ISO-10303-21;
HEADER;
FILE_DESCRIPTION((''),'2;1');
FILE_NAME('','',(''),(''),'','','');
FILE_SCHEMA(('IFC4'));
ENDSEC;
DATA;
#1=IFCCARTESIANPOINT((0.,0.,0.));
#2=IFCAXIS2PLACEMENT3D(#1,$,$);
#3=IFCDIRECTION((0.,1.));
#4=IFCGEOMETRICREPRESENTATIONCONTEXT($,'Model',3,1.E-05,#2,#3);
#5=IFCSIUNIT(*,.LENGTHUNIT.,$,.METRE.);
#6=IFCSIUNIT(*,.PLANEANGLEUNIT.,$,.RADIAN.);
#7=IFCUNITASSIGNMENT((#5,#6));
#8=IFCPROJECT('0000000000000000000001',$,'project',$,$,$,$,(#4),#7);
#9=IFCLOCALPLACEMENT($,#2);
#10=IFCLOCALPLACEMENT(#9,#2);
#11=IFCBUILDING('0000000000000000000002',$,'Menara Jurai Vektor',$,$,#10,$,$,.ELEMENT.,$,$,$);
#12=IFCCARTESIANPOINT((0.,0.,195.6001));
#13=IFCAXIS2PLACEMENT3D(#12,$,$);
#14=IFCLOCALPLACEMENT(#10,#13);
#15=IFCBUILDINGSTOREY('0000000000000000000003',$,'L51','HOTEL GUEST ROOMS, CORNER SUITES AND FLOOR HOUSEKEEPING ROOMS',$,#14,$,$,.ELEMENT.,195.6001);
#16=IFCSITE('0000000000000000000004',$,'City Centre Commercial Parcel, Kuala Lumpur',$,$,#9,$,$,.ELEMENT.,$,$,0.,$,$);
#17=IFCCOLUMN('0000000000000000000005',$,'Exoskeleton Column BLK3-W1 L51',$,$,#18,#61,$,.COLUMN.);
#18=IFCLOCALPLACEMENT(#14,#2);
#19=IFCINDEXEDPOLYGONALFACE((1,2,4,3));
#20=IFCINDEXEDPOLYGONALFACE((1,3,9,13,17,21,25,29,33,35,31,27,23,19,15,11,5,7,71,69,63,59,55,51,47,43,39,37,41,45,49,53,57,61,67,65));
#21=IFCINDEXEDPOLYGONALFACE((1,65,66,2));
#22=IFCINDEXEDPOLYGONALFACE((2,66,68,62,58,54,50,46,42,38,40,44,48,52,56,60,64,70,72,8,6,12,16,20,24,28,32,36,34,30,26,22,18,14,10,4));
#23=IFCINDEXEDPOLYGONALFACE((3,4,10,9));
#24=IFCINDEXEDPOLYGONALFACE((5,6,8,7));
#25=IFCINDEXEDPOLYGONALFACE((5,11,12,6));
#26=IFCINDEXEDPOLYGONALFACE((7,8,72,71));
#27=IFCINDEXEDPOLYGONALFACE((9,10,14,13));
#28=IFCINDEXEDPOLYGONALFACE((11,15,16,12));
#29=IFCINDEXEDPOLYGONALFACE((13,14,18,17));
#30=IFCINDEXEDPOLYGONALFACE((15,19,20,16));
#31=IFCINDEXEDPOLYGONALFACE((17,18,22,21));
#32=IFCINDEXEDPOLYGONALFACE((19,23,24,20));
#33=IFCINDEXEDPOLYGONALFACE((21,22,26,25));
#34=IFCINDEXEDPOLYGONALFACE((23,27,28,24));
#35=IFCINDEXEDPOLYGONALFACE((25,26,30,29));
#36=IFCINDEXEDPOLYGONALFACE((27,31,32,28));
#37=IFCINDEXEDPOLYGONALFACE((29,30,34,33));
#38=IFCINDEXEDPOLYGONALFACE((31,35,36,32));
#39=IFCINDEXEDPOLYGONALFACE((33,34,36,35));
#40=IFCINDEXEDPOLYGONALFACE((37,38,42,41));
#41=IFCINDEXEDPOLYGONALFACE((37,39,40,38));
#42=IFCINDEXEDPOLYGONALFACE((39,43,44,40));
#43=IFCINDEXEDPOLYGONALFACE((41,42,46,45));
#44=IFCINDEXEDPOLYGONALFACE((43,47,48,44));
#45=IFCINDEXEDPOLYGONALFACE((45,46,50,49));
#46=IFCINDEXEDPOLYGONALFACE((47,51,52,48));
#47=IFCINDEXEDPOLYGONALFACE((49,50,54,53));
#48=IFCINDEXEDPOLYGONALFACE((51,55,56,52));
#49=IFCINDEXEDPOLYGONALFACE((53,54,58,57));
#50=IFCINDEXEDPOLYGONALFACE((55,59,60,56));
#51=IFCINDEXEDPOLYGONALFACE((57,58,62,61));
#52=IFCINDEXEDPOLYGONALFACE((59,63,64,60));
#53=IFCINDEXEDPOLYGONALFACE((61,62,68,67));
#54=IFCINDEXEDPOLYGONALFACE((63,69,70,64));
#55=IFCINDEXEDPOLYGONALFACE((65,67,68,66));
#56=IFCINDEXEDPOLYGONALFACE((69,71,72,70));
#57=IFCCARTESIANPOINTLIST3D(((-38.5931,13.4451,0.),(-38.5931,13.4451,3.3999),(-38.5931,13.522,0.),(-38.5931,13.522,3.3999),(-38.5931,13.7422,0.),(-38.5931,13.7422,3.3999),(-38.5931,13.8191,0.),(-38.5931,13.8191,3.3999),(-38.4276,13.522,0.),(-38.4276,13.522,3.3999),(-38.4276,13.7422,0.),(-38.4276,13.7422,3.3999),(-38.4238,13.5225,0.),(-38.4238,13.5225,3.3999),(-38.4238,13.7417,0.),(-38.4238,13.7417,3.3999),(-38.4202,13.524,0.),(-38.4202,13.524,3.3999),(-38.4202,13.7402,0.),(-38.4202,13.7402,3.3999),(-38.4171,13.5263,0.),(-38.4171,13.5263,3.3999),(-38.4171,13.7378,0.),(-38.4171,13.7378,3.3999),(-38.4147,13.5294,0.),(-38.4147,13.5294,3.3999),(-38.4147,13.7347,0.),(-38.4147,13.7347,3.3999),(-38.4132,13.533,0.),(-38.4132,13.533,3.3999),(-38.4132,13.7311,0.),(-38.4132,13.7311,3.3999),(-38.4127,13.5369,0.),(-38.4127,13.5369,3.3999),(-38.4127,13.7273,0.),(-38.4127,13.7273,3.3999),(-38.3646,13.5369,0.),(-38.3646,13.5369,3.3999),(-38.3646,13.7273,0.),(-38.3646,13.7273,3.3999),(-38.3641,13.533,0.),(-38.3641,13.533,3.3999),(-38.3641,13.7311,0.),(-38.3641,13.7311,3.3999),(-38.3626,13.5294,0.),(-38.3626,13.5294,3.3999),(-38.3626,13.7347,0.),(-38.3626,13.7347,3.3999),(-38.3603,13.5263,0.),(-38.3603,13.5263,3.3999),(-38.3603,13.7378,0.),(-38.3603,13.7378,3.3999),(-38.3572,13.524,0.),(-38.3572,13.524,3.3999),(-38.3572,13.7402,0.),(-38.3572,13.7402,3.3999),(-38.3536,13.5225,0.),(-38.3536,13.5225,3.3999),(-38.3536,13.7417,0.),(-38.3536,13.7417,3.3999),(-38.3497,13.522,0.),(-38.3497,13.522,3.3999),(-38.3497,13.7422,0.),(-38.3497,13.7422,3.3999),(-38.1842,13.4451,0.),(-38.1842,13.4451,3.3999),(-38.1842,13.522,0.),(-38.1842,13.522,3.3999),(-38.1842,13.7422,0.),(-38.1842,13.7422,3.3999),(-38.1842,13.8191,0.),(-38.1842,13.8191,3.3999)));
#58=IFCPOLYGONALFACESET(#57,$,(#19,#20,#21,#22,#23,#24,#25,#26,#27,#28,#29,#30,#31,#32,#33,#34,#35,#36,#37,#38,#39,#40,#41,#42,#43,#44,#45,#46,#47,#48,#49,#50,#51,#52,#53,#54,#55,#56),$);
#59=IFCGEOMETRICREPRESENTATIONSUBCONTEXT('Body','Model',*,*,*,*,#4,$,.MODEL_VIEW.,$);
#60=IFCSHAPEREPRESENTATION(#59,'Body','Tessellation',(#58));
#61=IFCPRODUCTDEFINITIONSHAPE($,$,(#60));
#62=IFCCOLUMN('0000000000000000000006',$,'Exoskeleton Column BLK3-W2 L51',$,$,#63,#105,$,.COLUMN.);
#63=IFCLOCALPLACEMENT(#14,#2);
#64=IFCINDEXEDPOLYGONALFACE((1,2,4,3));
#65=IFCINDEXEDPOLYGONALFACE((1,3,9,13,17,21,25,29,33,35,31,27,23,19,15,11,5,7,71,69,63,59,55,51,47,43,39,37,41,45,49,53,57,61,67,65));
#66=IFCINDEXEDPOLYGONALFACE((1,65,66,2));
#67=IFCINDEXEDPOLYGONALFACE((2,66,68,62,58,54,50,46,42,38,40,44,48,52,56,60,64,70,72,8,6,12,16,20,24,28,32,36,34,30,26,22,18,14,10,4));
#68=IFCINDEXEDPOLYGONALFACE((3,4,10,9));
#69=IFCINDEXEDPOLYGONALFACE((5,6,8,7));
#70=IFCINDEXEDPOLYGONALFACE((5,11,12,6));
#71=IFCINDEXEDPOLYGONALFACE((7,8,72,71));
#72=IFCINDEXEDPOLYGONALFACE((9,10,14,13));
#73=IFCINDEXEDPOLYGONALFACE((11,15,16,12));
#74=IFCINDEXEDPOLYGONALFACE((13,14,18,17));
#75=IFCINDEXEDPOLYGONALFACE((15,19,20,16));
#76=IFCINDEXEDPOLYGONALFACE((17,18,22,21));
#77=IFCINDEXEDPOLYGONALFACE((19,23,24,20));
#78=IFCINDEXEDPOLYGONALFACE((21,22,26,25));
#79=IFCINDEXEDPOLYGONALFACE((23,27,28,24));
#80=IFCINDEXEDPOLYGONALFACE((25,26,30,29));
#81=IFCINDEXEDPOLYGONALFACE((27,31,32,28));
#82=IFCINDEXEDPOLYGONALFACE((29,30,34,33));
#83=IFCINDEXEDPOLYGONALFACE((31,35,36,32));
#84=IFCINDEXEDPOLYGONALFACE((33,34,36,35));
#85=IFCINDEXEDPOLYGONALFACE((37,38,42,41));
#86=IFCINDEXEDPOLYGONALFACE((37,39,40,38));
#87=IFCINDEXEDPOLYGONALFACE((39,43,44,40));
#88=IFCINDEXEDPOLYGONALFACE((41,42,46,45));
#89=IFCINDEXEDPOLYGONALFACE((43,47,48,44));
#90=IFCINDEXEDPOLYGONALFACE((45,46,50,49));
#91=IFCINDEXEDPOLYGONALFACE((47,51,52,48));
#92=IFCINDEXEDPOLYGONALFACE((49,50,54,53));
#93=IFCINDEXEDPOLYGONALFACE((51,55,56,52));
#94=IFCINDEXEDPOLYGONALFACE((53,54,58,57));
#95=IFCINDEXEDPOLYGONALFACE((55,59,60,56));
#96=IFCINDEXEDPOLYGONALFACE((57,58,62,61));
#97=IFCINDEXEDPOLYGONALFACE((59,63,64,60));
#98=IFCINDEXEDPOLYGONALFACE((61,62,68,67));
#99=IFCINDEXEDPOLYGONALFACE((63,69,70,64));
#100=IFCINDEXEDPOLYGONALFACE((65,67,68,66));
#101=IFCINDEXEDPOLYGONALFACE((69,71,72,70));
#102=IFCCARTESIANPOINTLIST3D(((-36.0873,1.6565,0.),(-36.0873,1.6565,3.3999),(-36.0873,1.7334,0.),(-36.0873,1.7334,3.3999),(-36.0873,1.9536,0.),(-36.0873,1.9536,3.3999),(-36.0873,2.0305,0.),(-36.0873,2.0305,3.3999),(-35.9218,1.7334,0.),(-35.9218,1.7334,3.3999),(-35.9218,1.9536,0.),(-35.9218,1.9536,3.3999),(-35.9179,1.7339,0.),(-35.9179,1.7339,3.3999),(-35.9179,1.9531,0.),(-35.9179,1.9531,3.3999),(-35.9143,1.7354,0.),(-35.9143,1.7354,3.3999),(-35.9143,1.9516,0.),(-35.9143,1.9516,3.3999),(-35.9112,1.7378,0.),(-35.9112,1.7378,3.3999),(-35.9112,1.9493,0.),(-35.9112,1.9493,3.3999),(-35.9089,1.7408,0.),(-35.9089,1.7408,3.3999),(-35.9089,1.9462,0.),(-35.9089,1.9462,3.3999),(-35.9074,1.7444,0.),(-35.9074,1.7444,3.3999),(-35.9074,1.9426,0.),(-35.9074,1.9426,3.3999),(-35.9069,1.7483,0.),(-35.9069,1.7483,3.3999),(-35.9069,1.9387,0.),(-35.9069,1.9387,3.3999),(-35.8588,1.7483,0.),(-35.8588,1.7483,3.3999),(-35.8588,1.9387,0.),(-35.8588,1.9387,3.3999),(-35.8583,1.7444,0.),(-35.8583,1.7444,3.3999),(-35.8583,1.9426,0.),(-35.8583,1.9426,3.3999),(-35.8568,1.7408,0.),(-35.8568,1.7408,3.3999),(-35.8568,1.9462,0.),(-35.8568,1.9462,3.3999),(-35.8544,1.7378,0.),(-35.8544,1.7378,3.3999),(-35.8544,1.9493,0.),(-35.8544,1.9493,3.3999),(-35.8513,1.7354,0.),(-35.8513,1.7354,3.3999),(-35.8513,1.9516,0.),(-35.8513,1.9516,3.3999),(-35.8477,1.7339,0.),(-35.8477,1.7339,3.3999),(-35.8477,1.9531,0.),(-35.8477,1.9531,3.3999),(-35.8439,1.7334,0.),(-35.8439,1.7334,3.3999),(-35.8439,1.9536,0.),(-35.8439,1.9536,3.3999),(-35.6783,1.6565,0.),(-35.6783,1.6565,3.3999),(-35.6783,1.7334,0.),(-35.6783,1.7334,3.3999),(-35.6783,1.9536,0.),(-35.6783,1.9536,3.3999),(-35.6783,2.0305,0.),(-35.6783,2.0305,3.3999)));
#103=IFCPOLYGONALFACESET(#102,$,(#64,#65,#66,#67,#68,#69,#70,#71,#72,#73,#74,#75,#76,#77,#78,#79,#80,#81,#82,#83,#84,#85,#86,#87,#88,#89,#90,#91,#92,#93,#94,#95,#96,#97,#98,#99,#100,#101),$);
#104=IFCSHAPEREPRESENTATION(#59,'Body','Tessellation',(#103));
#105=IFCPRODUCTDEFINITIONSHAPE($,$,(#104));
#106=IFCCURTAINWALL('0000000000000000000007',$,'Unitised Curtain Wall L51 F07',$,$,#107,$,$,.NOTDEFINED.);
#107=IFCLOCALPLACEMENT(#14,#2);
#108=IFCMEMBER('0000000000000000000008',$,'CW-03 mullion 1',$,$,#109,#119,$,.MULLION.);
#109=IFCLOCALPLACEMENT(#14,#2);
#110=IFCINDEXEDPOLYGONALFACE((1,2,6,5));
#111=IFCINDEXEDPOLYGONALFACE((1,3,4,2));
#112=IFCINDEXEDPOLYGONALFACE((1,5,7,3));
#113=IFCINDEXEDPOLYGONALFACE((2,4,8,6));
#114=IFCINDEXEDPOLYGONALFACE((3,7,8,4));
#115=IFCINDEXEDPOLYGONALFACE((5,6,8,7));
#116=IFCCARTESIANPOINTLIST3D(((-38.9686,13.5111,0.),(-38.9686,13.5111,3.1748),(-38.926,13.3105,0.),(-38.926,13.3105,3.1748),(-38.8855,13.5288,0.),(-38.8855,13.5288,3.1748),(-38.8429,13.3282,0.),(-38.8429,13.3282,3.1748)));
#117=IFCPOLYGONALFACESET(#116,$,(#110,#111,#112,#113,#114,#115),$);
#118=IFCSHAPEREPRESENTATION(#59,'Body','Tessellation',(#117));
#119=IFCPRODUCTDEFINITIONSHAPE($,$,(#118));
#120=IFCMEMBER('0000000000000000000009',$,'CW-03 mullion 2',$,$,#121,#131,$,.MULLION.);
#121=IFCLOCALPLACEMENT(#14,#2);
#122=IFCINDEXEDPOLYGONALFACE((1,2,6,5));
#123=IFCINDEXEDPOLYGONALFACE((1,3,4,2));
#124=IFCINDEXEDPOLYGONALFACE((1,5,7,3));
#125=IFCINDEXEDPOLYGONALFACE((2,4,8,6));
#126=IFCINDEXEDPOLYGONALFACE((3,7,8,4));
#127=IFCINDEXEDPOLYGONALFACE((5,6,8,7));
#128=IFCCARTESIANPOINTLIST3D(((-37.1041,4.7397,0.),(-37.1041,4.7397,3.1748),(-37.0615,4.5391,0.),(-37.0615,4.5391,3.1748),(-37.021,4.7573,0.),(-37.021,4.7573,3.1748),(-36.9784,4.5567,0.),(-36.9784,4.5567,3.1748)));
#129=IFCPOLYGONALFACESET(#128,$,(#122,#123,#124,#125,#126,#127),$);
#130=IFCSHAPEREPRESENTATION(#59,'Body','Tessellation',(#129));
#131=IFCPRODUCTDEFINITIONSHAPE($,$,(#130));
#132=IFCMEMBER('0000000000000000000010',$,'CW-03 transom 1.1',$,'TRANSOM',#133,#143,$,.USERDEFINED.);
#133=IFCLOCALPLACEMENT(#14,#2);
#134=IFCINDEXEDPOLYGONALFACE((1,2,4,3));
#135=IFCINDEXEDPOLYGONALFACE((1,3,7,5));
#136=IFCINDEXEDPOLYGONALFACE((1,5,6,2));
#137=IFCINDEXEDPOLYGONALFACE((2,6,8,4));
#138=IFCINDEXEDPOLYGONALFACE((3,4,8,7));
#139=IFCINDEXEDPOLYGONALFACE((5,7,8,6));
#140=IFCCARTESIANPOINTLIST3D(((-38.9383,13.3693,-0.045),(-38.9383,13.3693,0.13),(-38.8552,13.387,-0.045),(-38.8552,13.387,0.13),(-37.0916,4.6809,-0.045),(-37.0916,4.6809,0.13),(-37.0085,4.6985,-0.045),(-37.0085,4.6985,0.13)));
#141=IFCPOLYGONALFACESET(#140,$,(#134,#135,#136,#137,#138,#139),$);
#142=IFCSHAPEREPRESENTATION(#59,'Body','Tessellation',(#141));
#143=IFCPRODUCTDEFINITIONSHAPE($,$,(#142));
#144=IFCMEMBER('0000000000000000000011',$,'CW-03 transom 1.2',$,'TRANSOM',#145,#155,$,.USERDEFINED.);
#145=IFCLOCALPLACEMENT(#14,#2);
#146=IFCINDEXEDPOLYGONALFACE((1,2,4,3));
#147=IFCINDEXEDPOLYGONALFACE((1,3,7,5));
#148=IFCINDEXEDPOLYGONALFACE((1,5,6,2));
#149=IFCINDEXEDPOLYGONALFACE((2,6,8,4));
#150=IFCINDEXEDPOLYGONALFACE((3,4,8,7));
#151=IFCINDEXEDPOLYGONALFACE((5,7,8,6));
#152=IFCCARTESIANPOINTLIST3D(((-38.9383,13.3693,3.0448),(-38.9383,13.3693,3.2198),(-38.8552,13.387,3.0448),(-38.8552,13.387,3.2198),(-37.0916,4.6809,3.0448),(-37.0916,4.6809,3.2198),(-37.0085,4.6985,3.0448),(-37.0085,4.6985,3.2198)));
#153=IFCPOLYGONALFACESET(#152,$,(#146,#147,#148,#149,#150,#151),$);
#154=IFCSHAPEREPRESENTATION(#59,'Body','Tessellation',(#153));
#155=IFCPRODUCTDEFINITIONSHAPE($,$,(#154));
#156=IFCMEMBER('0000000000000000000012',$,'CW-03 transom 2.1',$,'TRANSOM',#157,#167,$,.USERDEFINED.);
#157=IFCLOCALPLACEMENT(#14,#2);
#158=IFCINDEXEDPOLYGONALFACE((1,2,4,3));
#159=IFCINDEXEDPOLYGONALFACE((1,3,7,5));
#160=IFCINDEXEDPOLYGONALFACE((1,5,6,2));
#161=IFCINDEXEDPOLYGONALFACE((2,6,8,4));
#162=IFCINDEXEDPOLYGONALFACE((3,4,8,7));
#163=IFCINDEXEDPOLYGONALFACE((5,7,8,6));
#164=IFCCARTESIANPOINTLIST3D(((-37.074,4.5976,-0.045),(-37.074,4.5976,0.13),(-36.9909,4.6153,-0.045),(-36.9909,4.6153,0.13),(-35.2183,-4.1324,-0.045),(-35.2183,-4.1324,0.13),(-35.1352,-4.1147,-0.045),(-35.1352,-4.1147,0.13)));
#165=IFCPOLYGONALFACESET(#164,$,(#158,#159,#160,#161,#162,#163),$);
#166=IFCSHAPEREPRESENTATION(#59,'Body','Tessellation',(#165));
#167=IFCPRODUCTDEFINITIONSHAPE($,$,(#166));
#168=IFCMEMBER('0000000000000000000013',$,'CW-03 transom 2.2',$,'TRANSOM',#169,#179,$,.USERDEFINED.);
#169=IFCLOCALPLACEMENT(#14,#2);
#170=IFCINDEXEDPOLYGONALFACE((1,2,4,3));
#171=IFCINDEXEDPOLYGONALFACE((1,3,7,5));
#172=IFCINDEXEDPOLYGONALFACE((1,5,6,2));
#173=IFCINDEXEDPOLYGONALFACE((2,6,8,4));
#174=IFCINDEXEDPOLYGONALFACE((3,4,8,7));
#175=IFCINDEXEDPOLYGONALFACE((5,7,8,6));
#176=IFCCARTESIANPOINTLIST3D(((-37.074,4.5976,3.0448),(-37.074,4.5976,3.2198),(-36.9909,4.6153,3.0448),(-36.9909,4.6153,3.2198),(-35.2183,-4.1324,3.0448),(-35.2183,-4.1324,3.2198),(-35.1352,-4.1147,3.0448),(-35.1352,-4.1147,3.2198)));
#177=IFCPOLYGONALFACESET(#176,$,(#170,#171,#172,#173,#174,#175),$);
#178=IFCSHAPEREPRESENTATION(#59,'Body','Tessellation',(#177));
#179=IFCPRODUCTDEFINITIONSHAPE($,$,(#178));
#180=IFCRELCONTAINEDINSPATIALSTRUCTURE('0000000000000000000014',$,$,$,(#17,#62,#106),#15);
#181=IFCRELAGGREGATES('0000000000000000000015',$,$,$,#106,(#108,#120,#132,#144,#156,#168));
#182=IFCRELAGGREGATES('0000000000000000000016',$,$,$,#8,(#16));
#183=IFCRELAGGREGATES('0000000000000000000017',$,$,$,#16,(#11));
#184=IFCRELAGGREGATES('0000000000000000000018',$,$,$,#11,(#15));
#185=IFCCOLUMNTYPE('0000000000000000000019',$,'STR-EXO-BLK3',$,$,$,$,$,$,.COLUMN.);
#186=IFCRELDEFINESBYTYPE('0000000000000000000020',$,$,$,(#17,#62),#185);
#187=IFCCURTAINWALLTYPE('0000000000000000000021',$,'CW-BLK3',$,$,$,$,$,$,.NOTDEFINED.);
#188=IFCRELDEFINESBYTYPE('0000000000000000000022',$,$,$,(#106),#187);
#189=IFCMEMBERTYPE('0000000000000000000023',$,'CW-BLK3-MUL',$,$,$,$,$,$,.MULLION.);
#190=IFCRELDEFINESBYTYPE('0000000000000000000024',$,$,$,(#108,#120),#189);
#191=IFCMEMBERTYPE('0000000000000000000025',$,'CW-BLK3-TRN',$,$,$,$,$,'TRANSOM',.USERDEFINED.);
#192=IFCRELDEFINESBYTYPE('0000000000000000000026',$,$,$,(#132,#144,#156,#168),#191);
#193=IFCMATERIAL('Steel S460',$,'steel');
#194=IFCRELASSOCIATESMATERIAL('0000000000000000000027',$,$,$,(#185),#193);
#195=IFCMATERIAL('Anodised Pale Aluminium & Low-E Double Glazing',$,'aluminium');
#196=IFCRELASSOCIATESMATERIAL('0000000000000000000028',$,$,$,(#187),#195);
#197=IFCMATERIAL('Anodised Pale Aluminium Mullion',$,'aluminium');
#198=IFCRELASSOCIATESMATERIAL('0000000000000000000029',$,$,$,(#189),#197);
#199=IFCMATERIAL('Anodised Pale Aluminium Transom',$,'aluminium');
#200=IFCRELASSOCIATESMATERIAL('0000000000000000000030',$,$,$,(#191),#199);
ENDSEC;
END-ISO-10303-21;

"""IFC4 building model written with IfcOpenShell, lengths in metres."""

from ifc_helpers import new_model, si_unit, direction, frame, origin, origin_2d, place, context, subcontext, project, spatial, rectangle, i_section, extrude, material, material_profile, profile_set, type_object, element, aggregate, save


model = new_model("IFC4")

# Units and contexts
model_context = context("Model", 3, precision=1e-05, world=origin(), true_north=direction((0.0, 1.0)))
body_context = subcontext(model_context, "Body", "Model", "MODEL_VIEW")
ifc_project = project(units=[si_unit("LENGTHUNIT", "METRE"), si_unit("PLANEANGLEUNIT", "RADIAN")], contexts=[model_context])

# Site, building, storey
site_placement = place(None, origin())
site = spatial("IfcSite", under=ifc_project, at=site_placement, Name="City Centre Commercial Parcel, Kuala Lumpur", CompositionType="ELEMENT", RefElevation=0.0)
building_placement = place(site_placement, origin())
building = spatial("IfcBuilding", under=site, at=building_placement, Name="Menara Jurai Vektor", CompositionType="ELEMENT")
storey_placement = place(building_placement, frame((0.0, 0.0, 195.6001)))
storey = spatial("IfcBuildingStorey", under=building, at=storey_placement, Name="L51", Description="HOTEL GUEST ROOMS, CORNER SUITES AND FLOOR HOUSEKEEPING ROOMS", CompositionType="ELEMENT", Elevation=195.6001)

# Columns
ifc_material_1 = material(Name="Steel S460", Category="steel")
ifc_material_profile_1 = material_profile(ifc_material_1, i_section(OverallWidth=0.4089, OverallDepth=0.374, WebThickness=0.0481, FlangeThickness=0.0769, FilletRadius=0.0149, at=origin_2d()), Name="HD 400x634")
ifc_profile_set_1 = profile_set([ifc_material_profile_1], Name="Steel S460")
column_type = type_object("IfcColumnType", Name="STR-EXO-BLK3", PredefinedType="COLUMN", material=ifc_profile_set_1)
for number, where, z_axis, x_axis, name in (
    (1, (-38.3887, 13.6321, 0.0), (0.0, 0.0, 1.0), (1.0, 0.0, 0.0), "Exoskeleton Column BLK3-W1 L51"),
    (2, (-35.8828, 1.8435, 0.0), (0.0, 0.0, 1.0), (1.0, 0.0, 0.0), "Exoskeleton Column BLK3-W2 L51"),
):
    element("IfcColumn", number, at=place(storey_placement, frame(where, z_axis=z_axis, x_axis=x_axis)), inside=storey, type_object=column_type, Name=name, PredefinedType="COLUMN", context=body_context, shape_type="SweptSolid", body=[
        extrude(i_section(OverallWidth=0.4089, OverallDepth=0.374, WebThickness=0.0481, FlangeThickness=0.0769, FilletRadius=0.0149, at=origin_2d()), origin(), (0.0, 0.0, 1.0), 3.3999),
    ])

# Curtain wall, members
ifc_material_2 = material(Name="Anodised Pale Aluminium & Low-E Double Glazing", Category="aluminium")
curtain_wall_type = type_object("IfcCurtainWallType", Name="CW-BLK3", PredefinedType="NOTDEFINED", material=ifc_material_2)
curtain_wall_placement = place(storey_placement, origin())
curtain_wall = element("IfcCurtainWall", 3, at=curtain_wall_placement, inside=storey, type_object=curtain_wall_type, Name="Unitised Curtain Wall L51 F07", PredefinedType="NOTDEFINED")
ifc_material_3 = material(Name="Anodised Pale Aluminium Mullion", Category="aluminium")
ifc_material_profile_2 = material_profile(ifc_material_3, rectangle(XDim=0.085, YDim=0.2051, at=origin_2d()), Name="ALU MUL 85x205")
ifc_profile_set_2 = profile_set([ifc_material_profile_2], Name="Anodised Pale Aluminium Mullion")
member_type_1 = type_object("IfcMemberType", Name="CW-BLK3-MUL", PredefinedType="MULLION", material=ifc_profile_set_2)
member_1_placement = place(storey_placement, frame((-38.9058, 13.4197, 0.0), z_axis=(0.0, 0.0, 1.0), x_axis=(0.978148, 0.20791, 0.0)))
member_1 = element("IfcMember", 4, at=member_1_placement, type_object=member_type_1, Name="CW-03 mullion 1", PredefinedType="MULLION", context=body_context, shape_type="SweptSolid", body=[
    extrude(rectangle(XDim=0.085, YDim=0.2051, at=origin_2d()), origin(), (0.0, 0.0, 1.0), 3.1748),
])
member_2_placement = place(storey_placement, frame((-37.0413, 4.6482, 0.0), z_axis=(0.0, 0.0, 1.0), x_axis=(0.978148, 0.20791, 0.0)))
member_2 = element("IfcMember", 5, at=member_2_placement, type_object=member_type_1, Name="CW-03 mullion 2", PredefinedType="MULLION", context=body_context, shape_type="SweptSolid", body=[
    extrude(rectangle(XDim=0.085, YDim=0.2051, at=origin_2d()), origin(), (0.0, 0.0, 1.0), 3.1748),
])
ifc_material_4 = material(Name="Anodised Pale Aluminium Transom", Category="aluminium")
ifc_material_profile_3 = material_profile(ifc_material_4, rectangle(XDim=0.085, YDim=0.175, at=origin_2d()), Name="ALU TRN 85x175")
ifc_profile_set_3 = profile_set([ifc_material_profile_3], Name="Anodised Pale Aluminium Transom")
member_type_2 = type_object("IfcMemberType", Name="CW-BLK3-TRN", ElementType="TRANSOM", PredefinedType="USERDEFINED", material=ifc_profile_set_3)
member_3_placement = place(storey_placement, frame((-38.8967, 13.3782, 0.0425), z_axis=(0.2079, -0.97815, 0.0), x_axis=(0.97815, 0.2079, 0.0)))
member_3 = element("IfcMember", 6, at=member_3_placement, type_object=member_type_2, Name="CW-03 transom 1.1", ObjectType="TRANSOM", PredefinedType="USERDEFINED", context=body_context, shape_type="SweptSolid", body=[
    extrude(rectangle(XDim=0.085, YDim=0.175, at=origin_2d()), origin(), (0.0, 0.0, 1.0), 8.8826),
])
member_4_placement = place(storey_placement, frame((-38.8967, 13.3782, 3.1323), z_axis=(0.2079, -0.97815, 0.0), x_axis=(0.97815, 0.2079, 0.0)))
member_4 = element("IfcMember", 7, at=member_4_placement, type_object=member_type_2, Name="CW-03 transom 1.2", ObjectType="TRANSOM", PredefinedType="USERDEFINED", context=body_context, shape_type="SweptSolid", body=[
    extrude(rectangle(XDim=0.085, YDim=0.175, at=origin_2d()), origin(), (0.0, 0.0, 1.0), 8.8826),
])
member_5_placement = place(storey_placement, frame((-37.0325, 4.6064, 0.0425), z_axis=(0.207922, -0.978145, 0.0), x_axis=(0.978145, 0.207922, 0.0)))
member_5 = element("IfcMember", 8, at=member_5_placement, type_object=member_type_2, Name="CW-03 transom 2.1", ObjectType="TRANSOM", PredefinedType="USERDEFINED", context=body_context, shape_type="SweptSolid", body=[
    extrude(rectangle(XDim=0.085, YDim=0.175, at=origin_2d()), origin(), (0.0, 0.0, 1.0), 8.925),
])
member_6_placement = place(storey_placement, frame((-37.0325, 4.6064, 3.1323), z_axis=(0.207922, -0.978145, 0.0), x_axis=(0.978145, 0.207922, 0.0)))
member_6 = element("IfcMember", 9, at=member_6_placement, type_object=member_type_2, Name="CW-03 transom 2.2", ObjectType="TRANSOM", PredefinedType="USERDEFINED", context=body_context, shape_type="SweptSolid", body=[
    extrude(rectangle(XDim=0.085, YDim=0.175, at=origin_2d()), origin(), (0.0, 0.0, 1.0), 8.925),
])

aggregate(curtain_wall, [member_1, member_2, member_3, member_4, member_5, member_6])

save(model, "model.ifc")
